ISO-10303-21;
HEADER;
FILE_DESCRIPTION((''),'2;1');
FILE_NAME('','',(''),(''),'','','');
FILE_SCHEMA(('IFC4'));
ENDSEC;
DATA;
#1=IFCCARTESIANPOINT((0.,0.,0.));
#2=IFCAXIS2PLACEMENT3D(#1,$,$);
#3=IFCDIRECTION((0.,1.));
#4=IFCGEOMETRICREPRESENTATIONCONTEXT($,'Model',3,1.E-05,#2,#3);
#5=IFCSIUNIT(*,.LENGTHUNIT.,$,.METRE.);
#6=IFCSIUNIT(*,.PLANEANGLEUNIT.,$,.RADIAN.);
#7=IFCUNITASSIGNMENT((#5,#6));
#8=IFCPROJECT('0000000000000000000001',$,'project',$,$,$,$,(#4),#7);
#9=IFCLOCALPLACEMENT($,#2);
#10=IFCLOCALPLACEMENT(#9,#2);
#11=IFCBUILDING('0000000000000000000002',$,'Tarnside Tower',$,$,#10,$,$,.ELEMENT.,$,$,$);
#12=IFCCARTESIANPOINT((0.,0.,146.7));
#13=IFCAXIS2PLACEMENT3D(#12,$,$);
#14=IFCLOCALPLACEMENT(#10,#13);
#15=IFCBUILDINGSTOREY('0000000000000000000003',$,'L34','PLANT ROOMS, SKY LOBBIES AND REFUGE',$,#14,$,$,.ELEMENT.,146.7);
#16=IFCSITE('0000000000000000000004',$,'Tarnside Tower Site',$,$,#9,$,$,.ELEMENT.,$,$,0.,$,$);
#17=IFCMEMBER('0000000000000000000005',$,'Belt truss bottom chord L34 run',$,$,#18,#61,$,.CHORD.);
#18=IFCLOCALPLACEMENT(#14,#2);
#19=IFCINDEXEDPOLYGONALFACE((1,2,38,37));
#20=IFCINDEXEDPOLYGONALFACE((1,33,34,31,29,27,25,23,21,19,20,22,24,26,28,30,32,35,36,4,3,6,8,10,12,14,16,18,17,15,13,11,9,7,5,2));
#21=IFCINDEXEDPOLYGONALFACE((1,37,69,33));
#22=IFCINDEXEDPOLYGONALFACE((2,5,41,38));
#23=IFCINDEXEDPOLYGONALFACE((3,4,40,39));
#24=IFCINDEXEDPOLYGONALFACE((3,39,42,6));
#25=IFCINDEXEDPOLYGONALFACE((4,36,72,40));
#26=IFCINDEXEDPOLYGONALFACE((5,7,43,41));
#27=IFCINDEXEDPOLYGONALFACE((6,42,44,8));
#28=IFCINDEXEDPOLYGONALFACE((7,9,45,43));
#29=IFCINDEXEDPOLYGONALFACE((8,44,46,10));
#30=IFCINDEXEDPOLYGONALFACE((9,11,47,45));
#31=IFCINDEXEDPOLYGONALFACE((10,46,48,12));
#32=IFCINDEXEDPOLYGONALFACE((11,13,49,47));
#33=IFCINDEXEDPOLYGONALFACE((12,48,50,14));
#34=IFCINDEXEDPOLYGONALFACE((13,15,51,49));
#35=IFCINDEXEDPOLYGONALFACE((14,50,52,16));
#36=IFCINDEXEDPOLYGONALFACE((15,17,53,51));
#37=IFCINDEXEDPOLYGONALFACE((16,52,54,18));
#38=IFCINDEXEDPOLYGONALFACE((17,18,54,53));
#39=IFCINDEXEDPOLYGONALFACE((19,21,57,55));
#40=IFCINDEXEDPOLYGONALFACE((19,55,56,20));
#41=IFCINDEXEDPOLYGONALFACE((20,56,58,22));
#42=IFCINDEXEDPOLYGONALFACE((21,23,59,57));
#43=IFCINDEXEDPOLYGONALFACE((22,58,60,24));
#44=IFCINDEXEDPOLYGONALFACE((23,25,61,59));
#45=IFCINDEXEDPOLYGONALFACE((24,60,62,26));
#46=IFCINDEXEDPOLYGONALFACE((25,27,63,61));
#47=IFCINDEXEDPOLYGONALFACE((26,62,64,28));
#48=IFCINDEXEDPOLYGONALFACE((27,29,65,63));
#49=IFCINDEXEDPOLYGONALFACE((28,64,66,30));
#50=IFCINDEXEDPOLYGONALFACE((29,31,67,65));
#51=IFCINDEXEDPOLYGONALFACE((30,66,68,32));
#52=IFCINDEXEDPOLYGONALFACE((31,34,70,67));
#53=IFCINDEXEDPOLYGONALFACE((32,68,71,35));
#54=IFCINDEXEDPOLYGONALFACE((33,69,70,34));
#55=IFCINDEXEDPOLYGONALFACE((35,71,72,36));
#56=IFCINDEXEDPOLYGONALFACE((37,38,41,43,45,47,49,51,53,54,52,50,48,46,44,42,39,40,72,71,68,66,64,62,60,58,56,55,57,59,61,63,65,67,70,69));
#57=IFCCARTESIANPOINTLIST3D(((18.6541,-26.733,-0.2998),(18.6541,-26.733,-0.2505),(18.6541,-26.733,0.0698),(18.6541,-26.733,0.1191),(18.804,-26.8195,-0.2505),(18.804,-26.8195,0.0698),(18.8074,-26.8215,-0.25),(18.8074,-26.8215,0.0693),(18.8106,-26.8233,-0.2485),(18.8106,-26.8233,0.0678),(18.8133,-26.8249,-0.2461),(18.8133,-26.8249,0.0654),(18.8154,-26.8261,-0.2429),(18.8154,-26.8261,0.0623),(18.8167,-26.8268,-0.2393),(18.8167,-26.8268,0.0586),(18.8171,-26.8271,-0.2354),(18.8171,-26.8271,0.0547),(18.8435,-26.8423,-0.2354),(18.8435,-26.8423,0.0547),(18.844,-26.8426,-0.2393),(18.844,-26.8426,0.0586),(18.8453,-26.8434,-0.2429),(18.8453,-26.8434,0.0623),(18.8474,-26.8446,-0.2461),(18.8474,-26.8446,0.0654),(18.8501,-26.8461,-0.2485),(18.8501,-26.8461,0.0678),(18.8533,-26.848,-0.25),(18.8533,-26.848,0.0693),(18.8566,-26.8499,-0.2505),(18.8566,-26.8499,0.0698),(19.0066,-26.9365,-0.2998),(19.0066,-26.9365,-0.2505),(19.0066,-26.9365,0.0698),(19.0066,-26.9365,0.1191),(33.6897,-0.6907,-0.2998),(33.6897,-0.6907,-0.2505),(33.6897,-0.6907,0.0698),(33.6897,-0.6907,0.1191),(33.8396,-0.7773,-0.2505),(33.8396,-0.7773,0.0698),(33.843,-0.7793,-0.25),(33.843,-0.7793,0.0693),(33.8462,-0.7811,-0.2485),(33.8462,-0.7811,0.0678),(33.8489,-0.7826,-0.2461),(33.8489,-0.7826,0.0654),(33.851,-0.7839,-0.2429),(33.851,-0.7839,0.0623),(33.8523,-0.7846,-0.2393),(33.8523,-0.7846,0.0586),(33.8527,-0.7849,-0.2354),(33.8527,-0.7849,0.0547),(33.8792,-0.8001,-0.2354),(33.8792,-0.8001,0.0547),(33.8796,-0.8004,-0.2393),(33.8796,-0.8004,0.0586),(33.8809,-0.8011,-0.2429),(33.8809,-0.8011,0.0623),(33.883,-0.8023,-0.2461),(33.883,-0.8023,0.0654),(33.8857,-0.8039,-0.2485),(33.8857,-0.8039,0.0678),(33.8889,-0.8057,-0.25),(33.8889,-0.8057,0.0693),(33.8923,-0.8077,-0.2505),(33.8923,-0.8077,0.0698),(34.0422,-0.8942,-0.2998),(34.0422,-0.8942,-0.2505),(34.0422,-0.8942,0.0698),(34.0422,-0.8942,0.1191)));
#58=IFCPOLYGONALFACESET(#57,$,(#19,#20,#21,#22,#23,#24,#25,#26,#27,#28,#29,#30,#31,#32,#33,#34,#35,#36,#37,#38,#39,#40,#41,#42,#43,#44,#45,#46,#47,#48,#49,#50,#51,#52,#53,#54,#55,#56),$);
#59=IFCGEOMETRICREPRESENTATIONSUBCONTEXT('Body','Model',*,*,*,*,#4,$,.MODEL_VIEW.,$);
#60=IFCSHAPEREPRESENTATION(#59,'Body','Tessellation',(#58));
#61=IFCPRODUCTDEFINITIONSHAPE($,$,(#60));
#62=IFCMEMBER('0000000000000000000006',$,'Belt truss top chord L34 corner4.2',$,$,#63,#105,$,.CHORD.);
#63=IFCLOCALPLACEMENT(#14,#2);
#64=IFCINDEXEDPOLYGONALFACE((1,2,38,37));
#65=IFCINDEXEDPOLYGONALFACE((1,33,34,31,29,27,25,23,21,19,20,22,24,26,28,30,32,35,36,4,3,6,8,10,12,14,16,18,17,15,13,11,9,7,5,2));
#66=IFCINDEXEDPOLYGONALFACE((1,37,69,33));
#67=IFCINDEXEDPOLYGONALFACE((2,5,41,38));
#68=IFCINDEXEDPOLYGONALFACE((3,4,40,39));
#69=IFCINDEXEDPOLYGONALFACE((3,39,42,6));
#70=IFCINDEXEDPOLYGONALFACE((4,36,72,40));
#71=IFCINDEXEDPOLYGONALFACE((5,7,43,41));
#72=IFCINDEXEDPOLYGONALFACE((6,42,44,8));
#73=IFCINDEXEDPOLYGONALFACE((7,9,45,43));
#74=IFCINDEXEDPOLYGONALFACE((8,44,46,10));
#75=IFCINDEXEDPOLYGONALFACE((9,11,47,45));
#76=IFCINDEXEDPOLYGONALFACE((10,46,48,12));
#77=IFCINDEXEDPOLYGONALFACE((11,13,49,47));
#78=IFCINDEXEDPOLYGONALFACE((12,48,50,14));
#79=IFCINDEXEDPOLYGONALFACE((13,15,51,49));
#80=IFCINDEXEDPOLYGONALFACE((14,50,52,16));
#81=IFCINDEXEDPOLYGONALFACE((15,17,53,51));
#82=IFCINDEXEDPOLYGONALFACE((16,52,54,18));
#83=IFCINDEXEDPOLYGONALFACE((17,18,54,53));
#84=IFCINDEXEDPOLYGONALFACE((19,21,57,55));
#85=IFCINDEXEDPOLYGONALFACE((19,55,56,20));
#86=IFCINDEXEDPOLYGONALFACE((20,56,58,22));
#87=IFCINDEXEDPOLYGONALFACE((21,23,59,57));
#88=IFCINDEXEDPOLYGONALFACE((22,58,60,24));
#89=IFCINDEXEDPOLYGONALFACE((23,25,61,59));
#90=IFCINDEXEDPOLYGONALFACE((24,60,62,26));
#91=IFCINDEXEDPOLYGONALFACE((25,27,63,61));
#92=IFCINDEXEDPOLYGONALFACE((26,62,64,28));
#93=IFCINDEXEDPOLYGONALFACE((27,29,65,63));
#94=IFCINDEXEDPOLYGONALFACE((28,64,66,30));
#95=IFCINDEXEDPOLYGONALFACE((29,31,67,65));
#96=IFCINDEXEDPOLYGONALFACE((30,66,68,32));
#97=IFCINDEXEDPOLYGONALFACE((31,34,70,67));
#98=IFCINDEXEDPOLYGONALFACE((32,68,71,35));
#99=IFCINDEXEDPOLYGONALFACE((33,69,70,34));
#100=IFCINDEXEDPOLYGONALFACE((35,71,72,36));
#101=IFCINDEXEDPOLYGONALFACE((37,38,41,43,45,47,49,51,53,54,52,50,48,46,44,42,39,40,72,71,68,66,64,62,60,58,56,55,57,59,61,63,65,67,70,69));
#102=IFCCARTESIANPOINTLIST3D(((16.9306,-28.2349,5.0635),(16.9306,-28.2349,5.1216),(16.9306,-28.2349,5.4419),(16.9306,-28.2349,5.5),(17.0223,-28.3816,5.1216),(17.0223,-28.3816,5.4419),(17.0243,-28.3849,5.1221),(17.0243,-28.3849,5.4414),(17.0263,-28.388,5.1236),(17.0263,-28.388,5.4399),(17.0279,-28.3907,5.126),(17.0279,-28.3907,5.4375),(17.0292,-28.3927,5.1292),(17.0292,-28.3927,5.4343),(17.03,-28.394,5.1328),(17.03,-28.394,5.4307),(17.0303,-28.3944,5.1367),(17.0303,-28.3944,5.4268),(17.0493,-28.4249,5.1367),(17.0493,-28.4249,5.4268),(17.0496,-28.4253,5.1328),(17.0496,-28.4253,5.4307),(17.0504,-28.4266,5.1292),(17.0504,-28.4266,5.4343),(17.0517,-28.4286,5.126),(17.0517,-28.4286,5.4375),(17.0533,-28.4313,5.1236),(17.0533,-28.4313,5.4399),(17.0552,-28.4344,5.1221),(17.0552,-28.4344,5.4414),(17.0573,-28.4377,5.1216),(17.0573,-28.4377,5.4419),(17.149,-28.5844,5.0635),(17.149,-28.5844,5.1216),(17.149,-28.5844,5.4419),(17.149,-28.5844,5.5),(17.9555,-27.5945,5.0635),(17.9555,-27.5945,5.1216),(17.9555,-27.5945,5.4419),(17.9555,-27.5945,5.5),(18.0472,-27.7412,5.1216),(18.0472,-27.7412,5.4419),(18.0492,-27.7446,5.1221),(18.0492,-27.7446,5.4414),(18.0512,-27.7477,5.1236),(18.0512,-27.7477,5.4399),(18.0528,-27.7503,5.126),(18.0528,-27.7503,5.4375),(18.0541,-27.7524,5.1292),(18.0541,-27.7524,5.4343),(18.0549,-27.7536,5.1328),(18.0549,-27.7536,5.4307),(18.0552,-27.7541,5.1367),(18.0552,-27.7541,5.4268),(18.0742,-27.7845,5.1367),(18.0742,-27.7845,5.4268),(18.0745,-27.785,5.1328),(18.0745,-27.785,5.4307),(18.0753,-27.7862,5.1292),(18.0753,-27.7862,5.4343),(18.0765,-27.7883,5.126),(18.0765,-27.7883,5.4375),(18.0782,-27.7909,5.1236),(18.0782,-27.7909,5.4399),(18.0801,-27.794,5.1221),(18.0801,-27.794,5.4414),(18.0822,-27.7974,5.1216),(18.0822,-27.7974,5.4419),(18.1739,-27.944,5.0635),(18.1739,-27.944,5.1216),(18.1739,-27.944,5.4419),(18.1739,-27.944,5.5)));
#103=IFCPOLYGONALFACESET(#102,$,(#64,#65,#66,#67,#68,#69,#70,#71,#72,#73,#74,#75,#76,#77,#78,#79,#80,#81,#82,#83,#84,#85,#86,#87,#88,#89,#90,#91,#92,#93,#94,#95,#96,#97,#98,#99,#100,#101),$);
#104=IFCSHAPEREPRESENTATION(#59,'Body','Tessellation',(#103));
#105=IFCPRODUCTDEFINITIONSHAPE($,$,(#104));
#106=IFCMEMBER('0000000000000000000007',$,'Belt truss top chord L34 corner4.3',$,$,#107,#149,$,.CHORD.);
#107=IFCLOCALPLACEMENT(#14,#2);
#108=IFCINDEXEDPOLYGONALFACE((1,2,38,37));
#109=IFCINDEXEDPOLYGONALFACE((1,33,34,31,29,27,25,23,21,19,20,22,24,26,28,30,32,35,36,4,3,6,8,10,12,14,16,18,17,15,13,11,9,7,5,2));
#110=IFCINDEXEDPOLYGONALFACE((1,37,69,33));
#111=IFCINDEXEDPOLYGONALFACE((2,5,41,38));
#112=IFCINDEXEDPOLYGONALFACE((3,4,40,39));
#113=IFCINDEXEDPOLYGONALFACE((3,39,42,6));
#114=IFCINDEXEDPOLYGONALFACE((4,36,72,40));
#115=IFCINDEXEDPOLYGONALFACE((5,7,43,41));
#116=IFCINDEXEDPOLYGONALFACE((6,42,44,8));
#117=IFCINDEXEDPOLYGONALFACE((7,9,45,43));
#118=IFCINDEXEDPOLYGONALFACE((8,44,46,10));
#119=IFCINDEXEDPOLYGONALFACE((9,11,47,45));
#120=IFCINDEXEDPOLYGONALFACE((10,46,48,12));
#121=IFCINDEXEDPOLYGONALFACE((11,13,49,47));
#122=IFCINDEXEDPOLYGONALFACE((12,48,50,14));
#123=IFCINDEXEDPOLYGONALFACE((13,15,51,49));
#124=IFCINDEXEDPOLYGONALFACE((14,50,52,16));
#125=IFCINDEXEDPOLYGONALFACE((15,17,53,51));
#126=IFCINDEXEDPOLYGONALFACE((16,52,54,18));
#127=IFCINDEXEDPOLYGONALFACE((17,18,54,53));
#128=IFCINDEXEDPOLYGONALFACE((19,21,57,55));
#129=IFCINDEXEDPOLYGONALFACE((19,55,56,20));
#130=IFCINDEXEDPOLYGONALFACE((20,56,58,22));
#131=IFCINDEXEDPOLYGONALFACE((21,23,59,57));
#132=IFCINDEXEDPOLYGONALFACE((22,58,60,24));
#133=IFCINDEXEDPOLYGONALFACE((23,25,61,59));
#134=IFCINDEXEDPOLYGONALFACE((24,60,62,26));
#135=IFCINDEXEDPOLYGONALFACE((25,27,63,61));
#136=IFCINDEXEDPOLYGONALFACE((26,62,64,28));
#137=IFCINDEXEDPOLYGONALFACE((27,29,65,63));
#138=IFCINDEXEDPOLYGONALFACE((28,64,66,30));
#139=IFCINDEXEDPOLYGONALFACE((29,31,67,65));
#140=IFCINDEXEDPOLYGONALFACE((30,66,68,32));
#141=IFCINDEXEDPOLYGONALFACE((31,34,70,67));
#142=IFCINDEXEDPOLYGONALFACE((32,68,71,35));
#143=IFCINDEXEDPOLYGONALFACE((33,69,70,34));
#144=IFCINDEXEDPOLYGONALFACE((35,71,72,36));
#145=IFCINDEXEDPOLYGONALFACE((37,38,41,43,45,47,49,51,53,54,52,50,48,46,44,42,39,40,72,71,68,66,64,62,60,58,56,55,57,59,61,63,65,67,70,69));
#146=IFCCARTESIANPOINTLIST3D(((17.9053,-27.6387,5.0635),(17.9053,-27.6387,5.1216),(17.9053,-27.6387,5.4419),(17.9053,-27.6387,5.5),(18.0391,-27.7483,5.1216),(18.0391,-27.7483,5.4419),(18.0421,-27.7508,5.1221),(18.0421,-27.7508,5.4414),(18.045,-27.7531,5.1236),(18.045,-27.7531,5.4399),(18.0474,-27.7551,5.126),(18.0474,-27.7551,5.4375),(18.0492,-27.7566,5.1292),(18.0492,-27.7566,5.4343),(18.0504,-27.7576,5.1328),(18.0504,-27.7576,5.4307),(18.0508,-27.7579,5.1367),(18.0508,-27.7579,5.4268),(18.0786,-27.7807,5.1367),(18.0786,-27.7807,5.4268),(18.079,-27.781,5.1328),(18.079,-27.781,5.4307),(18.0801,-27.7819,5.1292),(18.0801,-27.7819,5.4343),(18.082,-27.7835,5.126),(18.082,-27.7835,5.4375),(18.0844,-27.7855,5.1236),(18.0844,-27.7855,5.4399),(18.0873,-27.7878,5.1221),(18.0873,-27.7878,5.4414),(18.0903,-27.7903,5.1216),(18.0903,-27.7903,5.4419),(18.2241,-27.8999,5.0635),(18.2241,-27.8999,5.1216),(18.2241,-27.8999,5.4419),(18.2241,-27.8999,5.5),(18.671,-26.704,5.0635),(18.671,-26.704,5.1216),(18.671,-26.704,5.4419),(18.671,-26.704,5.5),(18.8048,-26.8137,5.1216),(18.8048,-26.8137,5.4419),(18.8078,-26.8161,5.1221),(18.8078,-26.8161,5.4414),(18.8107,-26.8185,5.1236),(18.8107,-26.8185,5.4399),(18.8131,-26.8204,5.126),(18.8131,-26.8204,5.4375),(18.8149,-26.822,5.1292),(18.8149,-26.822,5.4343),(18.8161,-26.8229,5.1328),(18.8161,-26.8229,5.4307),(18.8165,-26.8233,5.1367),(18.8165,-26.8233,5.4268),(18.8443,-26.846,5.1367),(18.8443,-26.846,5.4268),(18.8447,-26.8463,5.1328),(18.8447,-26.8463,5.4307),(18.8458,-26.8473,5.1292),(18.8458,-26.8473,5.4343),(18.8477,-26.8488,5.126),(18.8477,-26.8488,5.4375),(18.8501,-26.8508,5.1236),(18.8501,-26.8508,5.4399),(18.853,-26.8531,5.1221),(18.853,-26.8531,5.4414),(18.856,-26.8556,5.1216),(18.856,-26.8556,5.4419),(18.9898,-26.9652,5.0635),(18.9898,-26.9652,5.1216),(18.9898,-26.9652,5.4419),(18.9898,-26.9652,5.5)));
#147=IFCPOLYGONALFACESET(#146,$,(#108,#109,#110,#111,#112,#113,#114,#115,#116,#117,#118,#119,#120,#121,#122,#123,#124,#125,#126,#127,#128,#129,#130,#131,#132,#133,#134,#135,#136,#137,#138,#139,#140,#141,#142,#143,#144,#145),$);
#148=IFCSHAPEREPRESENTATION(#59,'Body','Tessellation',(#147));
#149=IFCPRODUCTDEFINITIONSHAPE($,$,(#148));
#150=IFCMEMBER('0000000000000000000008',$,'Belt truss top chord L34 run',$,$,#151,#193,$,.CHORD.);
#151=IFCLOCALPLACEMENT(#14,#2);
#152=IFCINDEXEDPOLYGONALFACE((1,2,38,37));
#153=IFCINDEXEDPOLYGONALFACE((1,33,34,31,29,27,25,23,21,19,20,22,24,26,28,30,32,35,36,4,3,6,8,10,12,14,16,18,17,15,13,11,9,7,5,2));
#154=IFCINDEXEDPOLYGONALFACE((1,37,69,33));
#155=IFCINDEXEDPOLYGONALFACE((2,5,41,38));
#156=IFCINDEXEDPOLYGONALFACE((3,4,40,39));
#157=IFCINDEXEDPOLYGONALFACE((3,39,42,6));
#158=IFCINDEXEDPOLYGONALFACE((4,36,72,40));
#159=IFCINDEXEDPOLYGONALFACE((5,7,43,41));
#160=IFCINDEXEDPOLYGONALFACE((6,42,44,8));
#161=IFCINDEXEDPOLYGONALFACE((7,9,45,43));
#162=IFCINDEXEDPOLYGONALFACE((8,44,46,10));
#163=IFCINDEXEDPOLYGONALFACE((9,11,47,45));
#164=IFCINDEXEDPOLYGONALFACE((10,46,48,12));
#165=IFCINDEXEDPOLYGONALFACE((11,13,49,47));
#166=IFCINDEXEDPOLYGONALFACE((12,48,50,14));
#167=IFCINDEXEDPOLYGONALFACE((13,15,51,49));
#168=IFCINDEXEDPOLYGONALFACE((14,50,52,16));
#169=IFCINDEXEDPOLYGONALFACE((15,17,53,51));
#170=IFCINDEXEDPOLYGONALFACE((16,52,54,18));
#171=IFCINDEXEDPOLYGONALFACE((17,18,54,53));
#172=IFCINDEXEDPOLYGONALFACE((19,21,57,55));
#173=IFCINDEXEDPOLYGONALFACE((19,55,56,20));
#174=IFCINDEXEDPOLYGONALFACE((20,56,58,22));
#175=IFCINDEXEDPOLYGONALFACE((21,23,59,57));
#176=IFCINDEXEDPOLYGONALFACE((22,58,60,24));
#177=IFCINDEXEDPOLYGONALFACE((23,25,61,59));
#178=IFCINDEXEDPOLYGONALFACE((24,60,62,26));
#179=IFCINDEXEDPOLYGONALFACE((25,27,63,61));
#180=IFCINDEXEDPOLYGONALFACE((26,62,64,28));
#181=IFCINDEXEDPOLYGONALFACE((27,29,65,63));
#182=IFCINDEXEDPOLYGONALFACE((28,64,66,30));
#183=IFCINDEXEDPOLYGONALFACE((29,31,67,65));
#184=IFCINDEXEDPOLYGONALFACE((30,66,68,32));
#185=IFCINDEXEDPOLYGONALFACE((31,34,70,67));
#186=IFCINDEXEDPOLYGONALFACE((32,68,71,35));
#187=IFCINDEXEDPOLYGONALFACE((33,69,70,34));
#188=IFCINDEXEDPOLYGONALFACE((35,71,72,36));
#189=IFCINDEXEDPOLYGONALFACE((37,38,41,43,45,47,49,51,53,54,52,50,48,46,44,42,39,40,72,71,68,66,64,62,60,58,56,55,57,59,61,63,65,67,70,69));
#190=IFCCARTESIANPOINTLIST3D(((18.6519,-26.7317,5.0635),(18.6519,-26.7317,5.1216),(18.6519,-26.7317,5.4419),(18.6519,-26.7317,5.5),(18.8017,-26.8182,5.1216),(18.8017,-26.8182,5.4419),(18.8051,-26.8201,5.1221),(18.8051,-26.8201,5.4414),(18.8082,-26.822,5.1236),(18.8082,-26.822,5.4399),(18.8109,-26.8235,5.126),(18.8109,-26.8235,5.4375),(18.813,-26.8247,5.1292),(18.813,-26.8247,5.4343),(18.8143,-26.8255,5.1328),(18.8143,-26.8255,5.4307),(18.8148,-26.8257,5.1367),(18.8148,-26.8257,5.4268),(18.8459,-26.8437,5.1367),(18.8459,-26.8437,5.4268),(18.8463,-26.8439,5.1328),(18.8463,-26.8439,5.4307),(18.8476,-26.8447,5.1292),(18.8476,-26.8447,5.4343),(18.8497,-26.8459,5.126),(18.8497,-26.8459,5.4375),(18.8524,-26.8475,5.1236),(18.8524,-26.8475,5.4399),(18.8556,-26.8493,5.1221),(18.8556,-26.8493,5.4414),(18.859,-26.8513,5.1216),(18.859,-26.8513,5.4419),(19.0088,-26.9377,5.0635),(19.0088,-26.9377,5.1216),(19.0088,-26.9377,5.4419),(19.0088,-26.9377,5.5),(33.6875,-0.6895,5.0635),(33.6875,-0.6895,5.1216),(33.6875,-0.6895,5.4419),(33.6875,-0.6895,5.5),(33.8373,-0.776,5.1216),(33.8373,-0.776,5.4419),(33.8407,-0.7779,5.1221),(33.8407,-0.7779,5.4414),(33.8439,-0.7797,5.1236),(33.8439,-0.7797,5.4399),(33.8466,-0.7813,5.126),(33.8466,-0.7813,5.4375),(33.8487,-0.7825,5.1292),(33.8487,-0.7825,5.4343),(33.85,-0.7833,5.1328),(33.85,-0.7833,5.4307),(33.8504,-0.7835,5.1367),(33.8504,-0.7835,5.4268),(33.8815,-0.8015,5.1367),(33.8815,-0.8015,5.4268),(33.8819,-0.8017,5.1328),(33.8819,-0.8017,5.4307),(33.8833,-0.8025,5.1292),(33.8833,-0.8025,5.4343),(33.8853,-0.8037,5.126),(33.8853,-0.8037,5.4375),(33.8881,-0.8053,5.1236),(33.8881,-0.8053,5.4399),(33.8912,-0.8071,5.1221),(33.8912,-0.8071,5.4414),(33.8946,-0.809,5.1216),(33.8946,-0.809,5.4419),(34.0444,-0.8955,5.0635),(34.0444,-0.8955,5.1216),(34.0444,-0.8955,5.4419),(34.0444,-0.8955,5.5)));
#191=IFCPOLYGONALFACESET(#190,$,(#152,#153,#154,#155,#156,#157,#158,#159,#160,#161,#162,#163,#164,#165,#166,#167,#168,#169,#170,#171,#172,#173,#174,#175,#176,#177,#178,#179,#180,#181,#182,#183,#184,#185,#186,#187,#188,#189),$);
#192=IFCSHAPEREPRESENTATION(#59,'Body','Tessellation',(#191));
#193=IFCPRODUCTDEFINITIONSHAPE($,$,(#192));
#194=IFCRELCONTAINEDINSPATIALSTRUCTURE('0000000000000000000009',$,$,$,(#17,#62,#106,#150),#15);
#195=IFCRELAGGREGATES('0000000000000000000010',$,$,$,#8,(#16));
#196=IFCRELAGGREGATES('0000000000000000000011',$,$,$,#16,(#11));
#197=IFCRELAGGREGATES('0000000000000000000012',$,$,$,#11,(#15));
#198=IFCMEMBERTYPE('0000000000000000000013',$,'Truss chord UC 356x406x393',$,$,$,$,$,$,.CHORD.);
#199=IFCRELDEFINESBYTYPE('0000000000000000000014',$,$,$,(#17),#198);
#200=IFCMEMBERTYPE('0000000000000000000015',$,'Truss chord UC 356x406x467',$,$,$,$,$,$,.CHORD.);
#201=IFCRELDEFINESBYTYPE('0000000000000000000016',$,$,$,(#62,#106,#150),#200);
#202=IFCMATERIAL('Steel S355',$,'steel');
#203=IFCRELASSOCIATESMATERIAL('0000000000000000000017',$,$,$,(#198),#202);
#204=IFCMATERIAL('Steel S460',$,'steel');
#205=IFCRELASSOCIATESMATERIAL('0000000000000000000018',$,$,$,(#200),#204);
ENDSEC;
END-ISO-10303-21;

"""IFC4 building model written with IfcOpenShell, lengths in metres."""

from ifc_helpers import new_model, si_unit, direction, frame, origin, origin_2d, place, context, subcontext, project, spatial, i_section, extrude, material, material_profile, profile_set, type_object, element, save


model = new_model("IFC4")

# Units and contexts
model_context = context("Model", 3, precision=1e-05, world=origin(), true_north=direction((0.0, 1.0)))
body_context = subcontext(model_context, "Body", "Model", "MODEL_VIEW")
ifc_project = project(units=[si_unit("LENGTHUNIT", "METRE"), si_unit("PLANEANGLEUNIT", "RADIAN")], contexts=[model_context])

# Site, building, storey
site_placement = place(None, origin())
site = spatial("IfcSite", under=ifc_project, at=site_placement, Name="Tarnside Tower Site", CompositionType="ELEMENT", RefElevation=0.0)
building_placement = place(site_placement, origin())
building = spatial("IfcBuilding", under=site, at=building_placement, Name="Tarnside Tower", CompositionType="ELEMENT")
storey_placement = place(building_placement, frame((0.0, 0.0, 146.7)))
storey = spatial("IfcBuildingStorey", under=building, at=storey_placement, Name="L34", Description="PLANT ROOMS, SKY LOBBIES AND REFUGE", CompositionType="ELEMENT", Elevation=146.7)

# Shared definitions
ifc_material_1 = material(Name="Steel S355", Category="steel")

# Members
ifc_material_profile_1 = material_profile(ifc_material_1, i_section(OverallWidth=0.407, OverallDepth=0.4189, WebThickness=0.0305, FlangeThickness=0.0493, FilletRadius=0.0151, at=origin_2d()), Name="UC 356x406x393")
ifc_profile_set_1 = profile_set([ifc_material_profile_1], Name="Steel S355")
member_type_1 = type_object("IfcMemberType", Name="Truss chord UC 356x406x393", PredefinedType="CHORD", material=ifc_profile_set_1)
member_1_placement = place(storey_placement, frame((18.8303, -26.8347, -0.0903), z_axis=(0.500004, 0.866023, 0.0), x_axis=(-0.866023, 0.500004, 0.0)))
element("IfcMember", 1, at=member_1_placement, inside=storey, type_object=member_type_1, Name="Belt truss bottom chord L34 run", PredefinedType="CHORD", context=body_context, shape_type="SweptSolid", body=[
    extrude(i_section(OverallWidth=0.407, OverallDepth=0.4189, WebThickness=0.0305, FlangeThickness=0.0493, FilletRadius=0.0151, at=origin_2d()), origin(), (0.0, 0.0, 1.0), 30.071),
])
ifc_material_2 = material(Name="Steel S460", Category="steel")
ifc_material_profile_2 = material_profile(ifc_material_2, i_section(OverallWidth=0.4121, OverallDepth=0.4365, WebThickness=0.0359, FlangeThickness=0.0581, FilletRadius=0.0151, at=origin_2d()), Name="UC 356x406x467")
ifc_profile_set_2 = profile_set([ifc_material_profile_2], Name="Steel S460")
member_type_2 = type_object("IfcMemberType", Name="Truss chord UC 356x406x467", PredefinedType="CHORD", material=ifc_profile_set_2)
member_2_placement = place(storey_placement, frame((17.0398, -28.4097, 5.2817), z_axis=(0.848066, 0.52989, 0.0), x_axis=(-0.52989, 0.848066, 0.0)))
element("IfcMember", 2, at=member_2_placement, inside=storey, type_object=member_type_2, Name="Belt truss top chord L34 corner4.2", PredefinedType="CHORD", context=body_context, shape_type="SweptSolid", body=[
    extrude(i_section(OverallWidth=0.4121, OverallDepth=0.4365, WebThickness=0.0359, FlangeThickness=0.0581, FilletRadius=0.0151, at=origin_2d()), origin(), (0.0, 0.0, 1.0), 1.2085),
])
member_3_placement = place(storey_placement, frame((18.0647, -27.7693, 5.2817), z_axis=(0.633722, 0.773561, 0.0), x_axis=(-0.773561, 0.633722, 0.0)))
element("IfcMember", 3, at=member_3_placement, inside=storey, type_object=member_type_2, Name="Belt truss top chord L34 corner4.3", PredefinedType="CHORD", context=body_context, shape_type="SweptSolid", body=[
    extrude(i_section(OverallWidth=0.4121, OverallDepth=0.4365, WebThickness=0.0359, FlangeThickness=0.0581, FilletRadius=0.0151, at=origin_2d()), origin(), (0.0, 0.0, 1.0), 1.2083),
])
member_4_placement = place(storey_placement, frame((18.8303, -26.8347, 5.2817), z_axis=(0.500004, 0.866023, 0.0), x_axis=(-0.866023, 0.500004, 0.0)))
element("IfcMember", 4, at=member_4_placement, inside=storey, type_object=member_type_2, Name="Belt truss top chord L34 run", PredefinedType="CHORD", context=body_context, shape_type="SweptSolid", body=[
    extrude(i_section(OverallWidth=0.4121, OverallDepth=0.4365, WebThickness=0.0359, FlangeThickness=0.0581, FilletRadius=0.0151, at=origin_2d()), origin(), (0.0, 0.0, 1.0), 30.071),
])

save(model, "model.ifc")
